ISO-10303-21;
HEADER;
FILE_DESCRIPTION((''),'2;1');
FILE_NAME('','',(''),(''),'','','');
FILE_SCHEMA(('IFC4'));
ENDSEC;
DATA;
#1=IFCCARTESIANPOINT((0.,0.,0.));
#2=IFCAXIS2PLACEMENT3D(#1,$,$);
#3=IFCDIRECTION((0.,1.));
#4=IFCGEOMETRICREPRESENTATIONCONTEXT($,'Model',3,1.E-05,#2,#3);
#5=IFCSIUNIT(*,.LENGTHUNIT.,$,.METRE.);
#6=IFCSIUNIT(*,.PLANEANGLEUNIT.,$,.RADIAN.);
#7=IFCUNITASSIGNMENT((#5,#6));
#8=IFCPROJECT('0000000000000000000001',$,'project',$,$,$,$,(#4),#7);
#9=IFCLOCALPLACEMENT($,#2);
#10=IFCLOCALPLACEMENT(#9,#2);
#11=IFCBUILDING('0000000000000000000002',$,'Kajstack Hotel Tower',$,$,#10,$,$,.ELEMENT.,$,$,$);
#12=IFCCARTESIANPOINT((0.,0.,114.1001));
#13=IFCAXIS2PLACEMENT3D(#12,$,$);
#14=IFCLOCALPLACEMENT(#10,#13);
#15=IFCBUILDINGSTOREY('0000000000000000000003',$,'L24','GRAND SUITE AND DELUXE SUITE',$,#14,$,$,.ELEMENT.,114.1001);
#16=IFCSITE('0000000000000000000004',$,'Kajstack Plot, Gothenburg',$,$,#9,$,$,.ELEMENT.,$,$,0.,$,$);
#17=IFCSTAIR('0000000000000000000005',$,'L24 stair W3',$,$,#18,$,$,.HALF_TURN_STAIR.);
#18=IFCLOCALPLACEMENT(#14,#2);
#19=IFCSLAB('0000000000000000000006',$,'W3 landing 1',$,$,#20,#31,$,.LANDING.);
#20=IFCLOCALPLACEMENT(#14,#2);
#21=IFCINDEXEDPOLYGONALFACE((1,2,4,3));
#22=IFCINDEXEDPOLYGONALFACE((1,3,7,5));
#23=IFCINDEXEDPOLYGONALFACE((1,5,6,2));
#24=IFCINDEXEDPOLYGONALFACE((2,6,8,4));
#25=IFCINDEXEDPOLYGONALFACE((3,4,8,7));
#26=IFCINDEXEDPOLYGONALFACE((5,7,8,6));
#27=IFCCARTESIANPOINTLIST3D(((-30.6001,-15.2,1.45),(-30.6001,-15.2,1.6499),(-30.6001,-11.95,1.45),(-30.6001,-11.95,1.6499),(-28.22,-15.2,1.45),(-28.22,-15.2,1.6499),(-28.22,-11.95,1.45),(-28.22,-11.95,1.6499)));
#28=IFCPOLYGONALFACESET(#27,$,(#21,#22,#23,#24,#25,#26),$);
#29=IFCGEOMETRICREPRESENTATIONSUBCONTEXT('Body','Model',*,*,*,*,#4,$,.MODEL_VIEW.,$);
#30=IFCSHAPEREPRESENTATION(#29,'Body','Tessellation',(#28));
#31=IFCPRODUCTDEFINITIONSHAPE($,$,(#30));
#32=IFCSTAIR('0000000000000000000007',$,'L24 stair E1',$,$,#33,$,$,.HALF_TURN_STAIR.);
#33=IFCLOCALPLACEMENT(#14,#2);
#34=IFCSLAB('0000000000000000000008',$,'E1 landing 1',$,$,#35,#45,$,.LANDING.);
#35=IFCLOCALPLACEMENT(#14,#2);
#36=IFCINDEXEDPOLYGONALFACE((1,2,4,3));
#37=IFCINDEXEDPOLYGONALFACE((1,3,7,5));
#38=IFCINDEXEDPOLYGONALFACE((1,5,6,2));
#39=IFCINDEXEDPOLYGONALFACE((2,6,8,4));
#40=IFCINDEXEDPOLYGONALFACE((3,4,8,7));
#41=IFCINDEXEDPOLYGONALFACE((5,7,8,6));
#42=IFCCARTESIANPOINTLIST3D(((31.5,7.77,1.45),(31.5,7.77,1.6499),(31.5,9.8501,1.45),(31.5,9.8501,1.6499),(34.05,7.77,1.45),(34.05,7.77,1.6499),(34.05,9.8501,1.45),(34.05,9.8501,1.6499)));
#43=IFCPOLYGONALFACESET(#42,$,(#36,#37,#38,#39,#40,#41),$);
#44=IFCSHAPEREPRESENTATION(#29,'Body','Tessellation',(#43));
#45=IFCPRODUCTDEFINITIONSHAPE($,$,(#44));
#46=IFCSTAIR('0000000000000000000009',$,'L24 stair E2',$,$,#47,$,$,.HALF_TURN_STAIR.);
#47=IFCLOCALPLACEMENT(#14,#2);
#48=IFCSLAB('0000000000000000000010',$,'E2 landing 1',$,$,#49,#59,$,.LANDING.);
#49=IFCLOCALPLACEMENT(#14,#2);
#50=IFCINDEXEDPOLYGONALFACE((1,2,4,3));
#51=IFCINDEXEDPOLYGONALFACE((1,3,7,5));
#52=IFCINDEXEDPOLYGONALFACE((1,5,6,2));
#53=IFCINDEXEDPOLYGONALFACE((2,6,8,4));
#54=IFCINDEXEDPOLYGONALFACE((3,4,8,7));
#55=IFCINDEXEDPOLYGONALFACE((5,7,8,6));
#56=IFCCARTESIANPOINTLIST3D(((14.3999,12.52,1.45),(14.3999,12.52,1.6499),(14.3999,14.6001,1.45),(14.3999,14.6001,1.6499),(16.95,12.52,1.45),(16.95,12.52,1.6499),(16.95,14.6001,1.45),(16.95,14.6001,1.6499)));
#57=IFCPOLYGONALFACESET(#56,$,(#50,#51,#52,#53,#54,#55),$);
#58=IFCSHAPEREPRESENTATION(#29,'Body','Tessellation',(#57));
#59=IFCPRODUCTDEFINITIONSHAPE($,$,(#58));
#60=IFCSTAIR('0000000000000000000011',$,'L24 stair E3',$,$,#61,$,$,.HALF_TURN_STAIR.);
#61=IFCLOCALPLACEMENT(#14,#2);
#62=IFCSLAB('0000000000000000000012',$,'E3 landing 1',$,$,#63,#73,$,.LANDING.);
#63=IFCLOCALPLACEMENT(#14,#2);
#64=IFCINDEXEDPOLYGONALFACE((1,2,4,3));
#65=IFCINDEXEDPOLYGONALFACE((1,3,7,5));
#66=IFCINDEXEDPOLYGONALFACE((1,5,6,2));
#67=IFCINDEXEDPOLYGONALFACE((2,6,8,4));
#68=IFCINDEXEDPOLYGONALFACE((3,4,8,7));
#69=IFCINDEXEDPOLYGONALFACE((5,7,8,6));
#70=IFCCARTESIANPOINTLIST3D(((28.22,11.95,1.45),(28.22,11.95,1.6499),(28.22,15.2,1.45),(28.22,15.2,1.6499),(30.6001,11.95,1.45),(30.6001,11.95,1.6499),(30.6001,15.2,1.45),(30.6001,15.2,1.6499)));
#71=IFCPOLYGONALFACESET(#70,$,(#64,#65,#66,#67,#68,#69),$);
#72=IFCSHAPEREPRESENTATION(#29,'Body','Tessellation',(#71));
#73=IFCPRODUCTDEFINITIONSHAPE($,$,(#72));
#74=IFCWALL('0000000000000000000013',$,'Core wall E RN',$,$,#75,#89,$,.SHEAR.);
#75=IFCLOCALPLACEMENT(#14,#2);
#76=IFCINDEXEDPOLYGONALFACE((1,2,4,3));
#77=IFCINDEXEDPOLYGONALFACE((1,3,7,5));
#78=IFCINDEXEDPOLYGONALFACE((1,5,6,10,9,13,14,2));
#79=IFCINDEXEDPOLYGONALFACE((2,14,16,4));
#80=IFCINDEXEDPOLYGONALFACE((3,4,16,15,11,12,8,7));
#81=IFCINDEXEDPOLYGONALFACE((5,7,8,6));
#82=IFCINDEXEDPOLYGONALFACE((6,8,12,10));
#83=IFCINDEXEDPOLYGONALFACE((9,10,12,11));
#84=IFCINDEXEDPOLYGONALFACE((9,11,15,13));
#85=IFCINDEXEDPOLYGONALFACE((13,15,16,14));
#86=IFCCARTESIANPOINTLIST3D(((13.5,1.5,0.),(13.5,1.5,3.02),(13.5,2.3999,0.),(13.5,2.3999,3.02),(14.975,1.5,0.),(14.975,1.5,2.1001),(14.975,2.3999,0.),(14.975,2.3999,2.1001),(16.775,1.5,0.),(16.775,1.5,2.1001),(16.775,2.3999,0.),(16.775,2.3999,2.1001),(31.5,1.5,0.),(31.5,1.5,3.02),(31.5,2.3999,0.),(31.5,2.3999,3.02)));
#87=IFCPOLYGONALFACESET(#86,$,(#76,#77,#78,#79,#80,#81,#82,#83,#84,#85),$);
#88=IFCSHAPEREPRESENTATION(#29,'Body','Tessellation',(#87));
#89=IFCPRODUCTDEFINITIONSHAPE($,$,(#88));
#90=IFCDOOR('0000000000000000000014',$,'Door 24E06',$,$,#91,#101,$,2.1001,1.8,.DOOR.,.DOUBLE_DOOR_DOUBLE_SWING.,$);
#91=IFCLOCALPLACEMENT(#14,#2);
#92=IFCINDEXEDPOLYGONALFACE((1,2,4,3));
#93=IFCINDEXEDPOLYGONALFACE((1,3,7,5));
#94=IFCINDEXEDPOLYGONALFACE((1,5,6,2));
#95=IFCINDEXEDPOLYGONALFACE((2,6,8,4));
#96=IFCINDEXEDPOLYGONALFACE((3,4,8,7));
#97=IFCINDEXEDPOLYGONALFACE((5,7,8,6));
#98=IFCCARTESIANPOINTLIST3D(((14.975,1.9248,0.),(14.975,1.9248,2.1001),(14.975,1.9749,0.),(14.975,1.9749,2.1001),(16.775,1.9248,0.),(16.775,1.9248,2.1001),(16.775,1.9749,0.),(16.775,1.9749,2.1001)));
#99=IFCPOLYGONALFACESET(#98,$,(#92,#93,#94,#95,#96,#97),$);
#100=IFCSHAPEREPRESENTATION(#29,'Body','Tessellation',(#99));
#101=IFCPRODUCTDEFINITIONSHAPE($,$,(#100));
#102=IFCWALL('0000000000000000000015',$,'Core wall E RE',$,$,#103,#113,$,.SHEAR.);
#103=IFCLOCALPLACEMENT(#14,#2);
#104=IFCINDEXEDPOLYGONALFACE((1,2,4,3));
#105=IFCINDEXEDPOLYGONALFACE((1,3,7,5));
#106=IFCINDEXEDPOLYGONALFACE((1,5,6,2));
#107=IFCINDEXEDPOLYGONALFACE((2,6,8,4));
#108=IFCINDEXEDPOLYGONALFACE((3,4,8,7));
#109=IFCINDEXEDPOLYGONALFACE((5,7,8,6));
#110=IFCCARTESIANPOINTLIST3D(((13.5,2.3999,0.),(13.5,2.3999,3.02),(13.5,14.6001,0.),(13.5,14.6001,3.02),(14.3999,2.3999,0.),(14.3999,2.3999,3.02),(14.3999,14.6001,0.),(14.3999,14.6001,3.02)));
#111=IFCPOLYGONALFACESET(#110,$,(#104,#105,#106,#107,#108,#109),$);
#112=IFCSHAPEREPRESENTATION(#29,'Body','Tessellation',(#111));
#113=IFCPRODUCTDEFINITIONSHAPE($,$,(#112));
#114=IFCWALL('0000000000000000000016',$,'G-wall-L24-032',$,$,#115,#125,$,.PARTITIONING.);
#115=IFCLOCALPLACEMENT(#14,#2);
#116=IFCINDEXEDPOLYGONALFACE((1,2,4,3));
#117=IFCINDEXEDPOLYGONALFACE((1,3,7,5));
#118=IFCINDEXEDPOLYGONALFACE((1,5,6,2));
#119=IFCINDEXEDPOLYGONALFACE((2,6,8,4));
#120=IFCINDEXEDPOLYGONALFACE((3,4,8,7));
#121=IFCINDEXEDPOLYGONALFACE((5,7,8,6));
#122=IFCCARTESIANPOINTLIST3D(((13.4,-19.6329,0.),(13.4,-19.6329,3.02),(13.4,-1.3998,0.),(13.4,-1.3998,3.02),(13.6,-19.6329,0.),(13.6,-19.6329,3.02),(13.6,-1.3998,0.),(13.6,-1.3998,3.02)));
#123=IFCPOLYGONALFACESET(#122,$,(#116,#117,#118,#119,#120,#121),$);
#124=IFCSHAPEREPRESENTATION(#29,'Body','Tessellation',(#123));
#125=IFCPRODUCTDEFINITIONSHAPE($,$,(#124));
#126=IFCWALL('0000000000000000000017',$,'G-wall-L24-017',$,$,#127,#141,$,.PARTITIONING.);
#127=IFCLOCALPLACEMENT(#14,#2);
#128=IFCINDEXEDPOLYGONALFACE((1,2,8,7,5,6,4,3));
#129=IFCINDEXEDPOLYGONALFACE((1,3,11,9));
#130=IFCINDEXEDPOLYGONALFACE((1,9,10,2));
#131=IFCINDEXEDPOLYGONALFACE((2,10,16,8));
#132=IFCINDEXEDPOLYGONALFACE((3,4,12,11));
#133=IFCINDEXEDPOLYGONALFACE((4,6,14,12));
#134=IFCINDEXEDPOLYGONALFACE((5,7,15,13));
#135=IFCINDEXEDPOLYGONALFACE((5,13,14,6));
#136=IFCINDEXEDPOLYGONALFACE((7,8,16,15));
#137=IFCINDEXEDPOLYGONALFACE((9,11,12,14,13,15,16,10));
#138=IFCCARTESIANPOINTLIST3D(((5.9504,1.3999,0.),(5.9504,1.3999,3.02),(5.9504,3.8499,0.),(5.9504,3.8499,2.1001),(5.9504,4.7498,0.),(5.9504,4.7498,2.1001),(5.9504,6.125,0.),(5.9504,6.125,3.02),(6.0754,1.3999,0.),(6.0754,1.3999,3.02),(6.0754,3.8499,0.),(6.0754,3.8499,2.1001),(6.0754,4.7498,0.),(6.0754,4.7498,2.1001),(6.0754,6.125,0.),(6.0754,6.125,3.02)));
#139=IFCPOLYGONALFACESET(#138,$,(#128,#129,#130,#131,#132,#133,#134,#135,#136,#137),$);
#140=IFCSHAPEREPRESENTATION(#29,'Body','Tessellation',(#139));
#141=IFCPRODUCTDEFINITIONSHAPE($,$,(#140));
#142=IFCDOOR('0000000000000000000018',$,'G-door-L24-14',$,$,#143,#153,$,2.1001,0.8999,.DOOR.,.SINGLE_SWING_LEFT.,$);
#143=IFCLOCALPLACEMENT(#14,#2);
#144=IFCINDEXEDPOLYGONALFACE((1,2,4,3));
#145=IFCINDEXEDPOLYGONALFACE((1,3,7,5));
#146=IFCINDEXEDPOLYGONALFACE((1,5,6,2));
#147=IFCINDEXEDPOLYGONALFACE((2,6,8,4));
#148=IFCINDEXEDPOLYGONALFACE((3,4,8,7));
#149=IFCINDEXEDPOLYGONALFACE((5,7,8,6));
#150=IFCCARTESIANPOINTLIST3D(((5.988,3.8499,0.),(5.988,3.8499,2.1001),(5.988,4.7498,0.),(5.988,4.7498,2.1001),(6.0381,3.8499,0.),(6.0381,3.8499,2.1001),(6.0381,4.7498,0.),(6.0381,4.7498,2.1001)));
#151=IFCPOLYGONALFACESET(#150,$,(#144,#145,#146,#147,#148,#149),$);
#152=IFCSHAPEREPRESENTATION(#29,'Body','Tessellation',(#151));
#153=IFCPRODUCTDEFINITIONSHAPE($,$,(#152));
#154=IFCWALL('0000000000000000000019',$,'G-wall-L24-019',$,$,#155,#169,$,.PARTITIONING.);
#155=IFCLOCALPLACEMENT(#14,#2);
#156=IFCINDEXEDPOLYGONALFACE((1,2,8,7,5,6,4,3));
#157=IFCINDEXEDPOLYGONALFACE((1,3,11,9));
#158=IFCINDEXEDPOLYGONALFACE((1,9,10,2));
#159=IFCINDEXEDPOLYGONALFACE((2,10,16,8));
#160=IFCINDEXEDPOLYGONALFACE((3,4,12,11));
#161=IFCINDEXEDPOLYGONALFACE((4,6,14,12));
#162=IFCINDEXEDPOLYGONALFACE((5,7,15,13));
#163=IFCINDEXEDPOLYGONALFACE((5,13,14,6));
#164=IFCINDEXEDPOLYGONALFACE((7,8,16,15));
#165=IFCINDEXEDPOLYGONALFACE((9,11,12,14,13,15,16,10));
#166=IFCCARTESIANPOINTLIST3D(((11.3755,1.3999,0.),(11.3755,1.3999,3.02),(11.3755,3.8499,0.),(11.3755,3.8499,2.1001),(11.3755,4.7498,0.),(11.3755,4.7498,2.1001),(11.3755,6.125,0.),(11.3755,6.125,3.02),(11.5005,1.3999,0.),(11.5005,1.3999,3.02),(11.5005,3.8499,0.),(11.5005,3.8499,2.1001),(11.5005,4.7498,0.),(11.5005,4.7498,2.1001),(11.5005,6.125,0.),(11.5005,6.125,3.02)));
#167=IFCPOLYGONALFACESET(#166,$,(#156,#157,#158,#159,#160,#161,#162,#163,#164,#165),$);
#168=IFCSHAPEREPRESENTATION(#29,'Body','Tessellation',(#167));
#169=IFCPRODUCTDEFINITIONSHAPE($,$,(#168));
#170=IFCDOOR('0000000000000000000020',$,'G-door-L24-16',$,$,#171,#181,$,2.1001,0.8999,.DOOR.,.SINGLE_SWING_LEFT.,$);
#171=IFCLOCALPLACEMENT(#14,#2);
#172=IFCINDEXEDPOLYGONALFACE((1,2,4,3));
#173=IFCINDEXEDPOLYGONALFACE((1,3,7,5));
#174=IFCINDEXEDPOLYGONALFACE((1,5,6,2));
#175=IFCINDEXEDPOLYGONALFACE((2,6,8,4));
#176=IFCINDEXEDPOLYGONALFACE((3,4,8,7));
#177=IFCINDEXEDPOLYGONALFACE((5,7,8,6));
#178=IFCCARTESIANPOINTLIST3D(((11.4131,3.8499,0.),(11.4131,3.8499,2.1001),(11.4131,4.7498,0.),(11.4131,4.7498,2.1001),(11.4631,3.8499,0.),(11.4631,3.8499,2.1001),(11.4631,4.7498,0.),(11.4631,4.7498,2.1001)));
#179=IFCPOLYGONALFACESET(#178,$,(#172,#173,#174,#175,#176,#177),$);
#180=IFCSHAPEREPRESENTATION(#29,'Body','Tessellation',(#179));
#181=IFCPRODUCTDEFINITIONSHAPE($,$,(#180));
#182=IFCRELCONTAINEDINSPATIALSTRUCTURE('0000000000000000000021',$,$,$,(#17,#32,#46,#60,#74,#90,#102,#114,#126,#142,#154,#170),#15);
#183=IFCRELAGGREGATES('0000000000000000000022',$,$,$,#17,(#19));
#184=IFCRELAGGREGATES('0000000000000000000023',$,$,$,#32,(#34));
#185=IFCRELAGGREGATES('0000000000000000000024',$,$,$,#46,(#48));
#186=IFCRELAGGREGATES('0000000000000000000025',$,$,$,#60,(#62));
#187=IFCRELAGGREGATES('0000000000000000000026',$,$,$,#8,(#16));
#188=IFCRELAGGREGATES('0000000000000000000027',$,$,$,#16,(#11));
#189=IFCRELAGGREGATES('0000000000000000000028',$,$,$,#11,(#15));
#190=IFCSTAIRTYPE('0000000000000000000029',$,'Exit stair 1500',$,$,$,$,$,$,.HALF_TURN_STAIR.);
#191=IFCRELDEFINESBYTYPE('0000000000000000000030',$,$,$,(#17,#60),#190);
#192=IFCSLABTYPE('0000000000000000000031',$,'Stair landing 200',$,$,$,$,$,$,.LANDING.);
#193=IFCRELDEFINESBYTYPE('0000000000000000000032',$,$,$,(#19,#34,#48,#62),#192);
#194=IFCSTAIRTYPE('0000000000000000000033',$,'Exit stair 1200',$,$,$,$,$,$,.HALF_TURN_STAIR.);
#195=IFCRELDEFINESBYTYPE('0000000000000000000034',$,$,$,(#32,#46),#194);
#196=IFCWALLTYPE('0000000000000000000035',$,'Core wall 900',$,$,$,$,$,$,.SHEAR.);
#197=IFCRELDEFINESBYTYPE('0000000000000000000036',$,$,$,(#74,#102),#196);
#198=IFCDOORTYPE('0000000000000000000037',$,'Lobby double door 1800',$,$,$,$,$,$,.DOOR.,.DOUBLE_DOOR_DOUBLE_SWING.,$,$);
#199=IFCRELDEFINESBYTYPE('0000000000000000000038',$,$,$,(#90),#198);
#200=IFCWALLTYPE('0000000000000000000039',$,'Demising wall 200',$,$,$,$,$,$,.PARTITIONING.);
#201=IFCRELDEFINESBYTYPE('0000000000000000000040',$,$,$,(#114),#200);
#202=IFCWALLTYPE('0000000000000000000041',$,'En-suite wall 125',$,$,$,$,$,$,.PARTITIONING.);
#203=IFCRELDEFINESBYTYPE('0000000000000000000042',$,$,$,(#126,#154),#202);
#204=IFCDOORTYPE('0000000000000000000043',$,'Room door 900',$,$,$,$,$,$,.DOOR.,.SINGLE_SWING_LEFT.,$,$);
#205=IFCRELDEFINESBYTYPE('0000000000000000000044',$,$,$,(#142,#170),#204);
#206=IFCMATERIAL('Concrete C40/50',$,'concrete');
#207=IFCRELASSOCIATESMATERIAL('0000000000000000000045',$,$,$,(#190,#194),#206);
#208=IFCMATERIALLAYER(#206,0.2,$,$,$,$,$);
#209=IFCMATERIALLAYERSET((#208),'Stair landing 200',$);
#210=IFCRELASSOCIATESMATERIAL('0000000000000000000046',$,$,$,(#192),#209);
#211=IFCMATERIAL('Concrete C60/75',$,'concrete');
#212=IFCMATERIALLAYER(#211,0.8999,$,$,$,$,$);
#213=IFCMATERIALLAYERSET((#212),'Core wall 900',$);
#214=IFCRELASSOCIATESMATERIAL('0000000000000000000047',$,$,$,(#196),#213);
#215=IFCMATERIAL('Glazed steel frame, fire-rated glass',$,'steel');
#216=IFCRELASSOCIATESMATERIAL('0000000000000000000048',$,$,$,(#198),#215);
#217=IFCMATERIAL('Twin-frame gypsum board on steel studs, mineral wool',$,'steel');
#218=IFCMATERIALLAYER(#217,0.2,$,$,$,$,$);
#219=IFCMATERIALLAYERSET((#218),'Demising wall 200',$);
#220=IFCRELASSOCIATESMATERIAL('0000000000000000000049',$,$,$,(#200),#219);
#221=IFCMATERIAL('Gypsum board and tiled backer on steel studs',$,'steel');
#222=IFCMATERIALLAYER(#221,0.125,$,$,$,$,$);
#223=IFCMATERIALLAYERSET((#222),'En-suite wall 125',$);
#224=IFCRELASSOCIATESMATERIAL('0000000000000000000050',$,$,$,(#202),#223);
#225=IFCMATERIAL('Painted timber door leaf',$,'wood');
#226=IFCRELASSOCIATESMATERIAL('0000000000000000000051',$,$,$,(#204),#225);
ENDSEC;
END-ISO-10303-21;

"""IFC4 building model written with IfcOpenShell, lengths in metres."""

from ifc_helpers import new_model, si_unit, direction, frame, frame_2d, origin, place, context, subcontext, project, spatial, polyline, rectangle, outline, extrude, material, layer, layer_set, type_object, element, fill, aggregate, save


model = new_model("IFC4")

# Units and contexts
model_context = context("Model", 3, precision=1e-05, world=origin(), true_north=direction((0.0, 1.0)))
body_context = subcontext(model_context, "Body", "Model", "MODEL_VIEW")
ifc_project = project(units=[si_unit("LENGTHUNIT", "METRE"), si_unit("PLANEANGLEUNIT", "RADIAN")], contexts=[model_context])

# Site, building, storey
site_placement = place(None, origin())
site = spatial("IfcSite", under=ifc_project, at=site_placement, Name="Kajstack Plot, Gothenburg", CompositionType="ELEMENT", RefElevation=0.0)
building_placement = place(site_placement, origin())
building = spatial("IfcBuilding", under=site, at=building_placement, Name="Kajstack Hotel Tower", CompositionType="ELEMENT")
storey_placement = place(building_placement, frame((0.0, 0.0, 114.1001)))
storey = spatial("IfcBuildingStorey", under=building, at=storey_placement, Name="L24", Description="GRAND SUITE AND DELUXE SUITE", CompositionType="ELEMENT", Elevation=114.1001)

# Stairs, slabs
ifc_material_1 = material(Name="Concrete C40/50", Category="concrete")
stair_type_1 = type_object("IfcStairType", Name="Exit stair 1500", PredefinedType="HALF_TURN_STAIR", material=ifc_material_1)
stair_1_placement = place(storey_placement, origin())
stair_1 = element("IfcStair", 1, at=stair_1_placement, inside=storey, type_object=stair_type_1, Name="L24 stair W3", PredefinedType="HALF_TURN_STAIR")
ifc_layer_1 = layer(ifc_material_1, 0.2)
ifc_layer_set_1 = layer_set([ifc_layer_1], Name="Stair landing 200")
slab_type = type_object("IfcSlabType", Name="Stair landing 200", PredefinedType="LANDING", material=ifc_layer_set_1)
slab_1_placement = place(storey_placement, frame((0.0, 0.0, 1.45)))
slab_1 = element("IfcSlab", 2, at=slab_1_placement, type_object=slab_type, Name="W3 landing 1", PredefinedType="LANDING", context=body_context, shape_type="SweptSolid", body=[
    extrude(outline(polyline([(-28.22, -11.95), (-30.6001, -11.95), (-30.6001, -15.2), (-28.22, -15.2), (-28.22, -11.95)])), origin(), (0.0, 0.0, 1.0), 0.2),
])
aggregate(stair_1, [slab_1])
stair_type_2 = type_object("IfcStairType", Name="Exit stair 1200", PredefinedType="HALF_TURN_STAIR", material=ifc_material_1)
stair_2_placement = place(storey_placement, origin())
stair_2 = element("IfcStair", 3, at=stair_2_placement, inside=storey, type_object=stair_type_2, Name="L24 stair E1", PredefinedType="HALF_TURN_STAIR")
slab_2_placement = place(storey_placement, frame((0.0, 0.0, 1.45)))
slab_2 = element("IfcSlab", 4, at=slab_2_placement, type_object=slab_type, Name="E1 landing 1", PredefinedType="LANDING", context=body_context, shape_type="SweptSolid", body=[
    extrude(outline(polyline([(34.05, 7.77), (34.05, 9.8501), (31.5, 9.8501), (31.5, 7.77), (34.05, 7.77)])), origin(), (0.0, 0.0, 1.0), 0.2),
])
aggregate(stair_2, [slab_2])
stair_3_placement = place(storey_placement, origin())
stair_3 = element("IfcStair", 5, at=stair_3_placement, inside=storey, type_object=stair_type_2, Name="L24 stair E2", PredefinedType="HALF_TURN_STAIR")
slab_3_placement = place(storey_placement, frame((0.0, 0.0, 1.45)))
slab_3 = element("IfcSlab", 6, at=slab_3_placement, type_object=slab_type, Name="E2 landing 1", PredefinedType="LANDING", context=body_context, shape_type="SweptSolid", body=[
    extrude(outline(polyline([(16.95, 12.52), (16.95, 14.6001), (14.3999, 14.6001), (14.3999, 12.52), (16.95, 12.52)])), origin(), (0.0, 0.0, 1.0), 0.2),
])
aggregate(stair_3, [slab_3])
stair_4_placement = place(storey_placement, origin())
stair_4 = element("IfcStair", 7, at=stair_4_placement, inside=storey, type_object=stair_type_1, Name="L24 stair E3", PredefinedType="HALF_TURN_STAIR")
slab_4_placement = place(storey_placement, frame((0.0, 0.0, 1.45)))
slab_4 = element("IfcSlab", 8, at=slab_4_placement, type_object=slab_type, Name="E3 landing 1", PredefinedType="LANDING", context=body_context, shape_type="SweptSolid", body=[
    extrude(outline(polyline([(28.22, 11.95), (30.6001, 11.95), (30.6001, 15.2), (28.22, 15.2), (28.22, 11.95)])), origin(), (0.0, 0.0, 1.0), 0.2),
])
aggregate(stair_4, [slab_4])

# Wall, opening, door
ifc_material_2 = material(Name="Concrete C60/75", Category="concrete")
ifc_layer_2 = layer(ifc_material_2, 0.8999)
ifc_layer_set_2 = layer_set([ifc_layer_2], Name="Core wall 900")
wall_type_1 = type_object("IfcWallType", Name="Core wall 900", PredefinedType="SHEAR", material=ifc_layer_set_2)
wall_1_placement = place(storey_placement, frame((13.5, 1.95, 0.0), z_axis=(0.0, 0.0, 1.0), x_axis=(1.0, 0.0, 0.0)))
wall_1 = element("IfcWall", 9, at=wall_1_placement, inside=storey, type_object=wall_type_1, Name="Core wall E RN", PredefinedType="SHEAR", context=body_context, shape_type="SweptSolid", body=[
    extrude(rectangle(XDim=18.0, YDim=0.8999, at=frame_2d((9.0, 0.0))), origin(), (0.0, 0.0, 1.0), 3.02),
])
opening_1_placement = place(wall_1_placement, frame((1.4751, 0.0, 0.0)))
opening_1 = element("IfcOpeningElement", 10, at=opening_1_placement, cuts=wall_1, PredefinedType="OPENING", context=body_context, shape_type="SweptSolid", body=[
    extrude(rectangle(XDim=1.8, YDim=2.1001, at=frame_2d((0.8999, 1.05))), frame((0.0, 0.46, 0.0), z_axis=(0.0, -1.0, 0.0), x_axis=(1.0, 0.0, 0.0)), (0.0, 0.0, 1.0), 0.9199),
])
ifc_material_3 = material(Name="Glazed steel frame, fire-rated glass", Category="steel")
door_type_1 = type_object("IfcDoorType", Name="Lobby double door 1800", OperationType="DOUBLE_DOOR_DOUBLE_SWING", PredefinedType="DOOR", material=ifc_material_3)
door_1_placement = place(opening_1_placement, origin())
door_1 = element("IfcDoor", 11, at=door_1_placement, inside=storey, type_object=door_type_1, Name="Door 24E06", OperationType="DOUBLE_DOOR_DOUBLE_SWING", OverallHeight=2.1001, OverallWidth=1.8, PredefinedType="DOOR", context=body_context, shape_type="SweptSolid", body=[
    extrude(rectangle(XDim=1.8, YDim=2.1001, at=frame_2d((0.8999, 1.05))), frame((0.0, 0.0249, 0.0), z_axis=(0.0, -1.0, 0.0), x_axis=(1.0, 0.0, 0.0)), (0.0, 0.0, 1.0), 0.05),
])
fill(opening_1, door_1)

# Walls
wall_2_placement = place(storey_placement, frame((13.95, 2.3999, 0.0), z_axis=(0.0, 0.0, 1.0), x_axis=(0.0, 1.0, 0.0)))
element("IfcWall", 12, at=wall_2_placement, inside=storey, type_object=wall_type_1, Name="Core wall E RE", PredefinedType="SHEAR", context=body_context, shape_type="SweptSolid", body=[
    extrude(rectangle(XDim=12.2002, YDim=0.8999, at=frame_2d((6.1001, 0.0))), origin(), (0.0, 0.0, 1.0), 3.02),
])
ifc_material_4 = material(Name="Twin-frame gypsum board on steel studs, mineral wool", Category="steel")
ifc_layer_3 = layer(ifc_material_4, 0.2)
ifc_layer_set_3 = layer_set([ifc_layer_3], Name="Demising wall 200")
wall_type_2 = type_object("IfcWallType", Name="Demising wall 200", PredefinedType="PARTITIONING", material=ifc_layer_set_3)
wall_3_placement = place(storey_placement, frame((13.5, -19.6331, 0.0), z_axis=(0.0, 0.0, 1.0), x_axis=(0.0, 1.0, 0.0)))
element("IfcWall", 13, at=wall_3_placement, inside=storey, type_object=wall_type_2, Name="G-wall-L24-032", PredefinedType="PARTITIONING", context=body_context, shape_type="SweptSolid", body=[
    extrude(rectangle(XDim=18.2332, YDim=0.2, at=frame_2d((9.1167, 0.0))), origin(), (0.0, 0.0, 1.0), 3.02),
])

# Walls, openings, doors
ifc_material_5 = material(Name="Gypsum board and tiled backer on steel studs", Category="steel")
ifc_layer_4 = layer(ifc_material_5, 0.125)
ifc_layer_set_4 = layer_set([ifc_layer_4], Name="En-suite wall 125")
wall_type_3 = type_object("IfcWallType", Name="En-suite wall 125", PredefinedType="PARTITIONING", material=ifc_layer_set_4)
wall_4_placement = place(storey_placement, frame((6.0129, 1.3999, 0.0), z_axis=(0.0, 0.0, 1.0), x_axis=(0.0, 1.0, 0.0)))
wall_4 = element("IfcWall", 14, at=wall_4_placement, inside=storey, type_object=wall_type_3, Name="G-wall-L24-017", PredefinedType="PARTITIONING", context=body_context, shape_type="SweptSolid", body=[
    extrude(rectangle(XDim=4.7251, YDim=0.125, at=frame_2d((2.3625, 0.0))), origin(), (0.0, 0.0, 1.0), 3.02),
])
opening_2_placement = place(wall_4_placement, frame((2.45, 0.0, 0.0)))
opening_2 = element("IfcOpeningElement", 15, at=opening_2_placement, cuts=wall_4, PredefinedType="OPENING", context=body_context, shape_type="SweptSolid", body=[
    extrude(rectangle(XDim=0.8999, YDim=2.1001, at=frame_2d((0.45, 1.05))), frame((0.0, 0.0725, 0.0), z_axis=(0.0, -1.0, 0.0), x_axis=(1.0, 0.0, 0.0)), (0.0, 0.0, 1.0), 0.145),
])
ifc_material_6 = material(Name="Painted timber door leaf", Category="wood")
door_type_2 = type_object("IfcDoorType", Name="Room door 900", OperationType="SINGLE_SWING_LEFT", PredefinedType="DOOR", material=ifc_material_6)
door_2_placement = place(opening_2_placement, origin())
door_2 = element("IfcDoor", 16, at=door_2_placement, inside=storey, type_object=door_type_2, Name="G-door-L24-14", OperationType="SINGLE_SWING_LEFT", OverallHeight=2.1001, OverallWidth=0.8999, PredefinedType="DOOR", context=body_context, shape_type="SweptSolid", body=[
    extrude(rectangle(XDim=0.8999, YDim=2.1001, at=frame_2d((0.45, 1.05))), frame((0.0, 0.0249, 0.0), z_axis=(0.0, -1.0, 0.0), x_axis=(1.0, 0.0, 0.0)), (0.0, 0.0, 1.0), 0.05),
])
fill(opening_2, door_2)
wall_5_placement = place(storey_placement, frame((11.438, 1.3999, 0.0), z_axis=(0.0, 0.0, 1.0), x_axis=(0.0, 1.0, 0.0)))
wall_5 = element("IfcWall", 17, at=wall_5_placement, inside=storey, type_object=wall_type_3, Name="G-wall-L24-019", PredefinedType="PARTITIONING", context=body_context, shape_type="SweptSolid", body=[
    extrude(rectangle(XDim=4.7251, YDim=0.125, at=frame_2d((2.3625, 0.0))), origin(), (0.0, 0.0, 1.0), 3.02),
])
opening_3_placement = place(wall_5_placement, frame((2.45, 0.0, 0.0)))
opening_3 = element("IfcOpeningElement", 18, at=opening_3_placement, cuts=wall_5, PredefinedType="OPENING", context=body_context, shape_type="SweptSolid", body=[
    extrude(rectangle(XDim=0.8999, YDim=2.1001, at=frame_2d((0.45, 1.05))), frame((0.0, 0.0725, 0.0), z_axis=(0.0, -1.0, 0.0), x_axis=(1.0, 0.0, 0.0)), (0.0, 0.0, 1.0), 0.145),
])
door_3_placement = place(opening_3_placement, origin())
door_3 = element("IfcDoor", 19, at=door_3_placement, inside=storey, type_object=door_type_2, Name="G-door-L24-16", OperationType="SINGLE_SWING_LEFT", OverallHeight=2.1001, OverallWidth=0.8999, PredefinedType="DOOR", context=body_context, shape_type="SweptSolid", body=[
    extrude(rectangle(XDim=0.8999, YDim=2.1001, at=frame_2d((0.45, 1.05))), frame((0.0, 0.0249, 0.0), z_axis=(0.0, -1.0, 0.0), x_axis=(1.0, 0.0, 0.0)), (0.0, 0.0, 1.0), 0.05),
])
fill(opening_3, door_3)

save(model, "model.ifc")
